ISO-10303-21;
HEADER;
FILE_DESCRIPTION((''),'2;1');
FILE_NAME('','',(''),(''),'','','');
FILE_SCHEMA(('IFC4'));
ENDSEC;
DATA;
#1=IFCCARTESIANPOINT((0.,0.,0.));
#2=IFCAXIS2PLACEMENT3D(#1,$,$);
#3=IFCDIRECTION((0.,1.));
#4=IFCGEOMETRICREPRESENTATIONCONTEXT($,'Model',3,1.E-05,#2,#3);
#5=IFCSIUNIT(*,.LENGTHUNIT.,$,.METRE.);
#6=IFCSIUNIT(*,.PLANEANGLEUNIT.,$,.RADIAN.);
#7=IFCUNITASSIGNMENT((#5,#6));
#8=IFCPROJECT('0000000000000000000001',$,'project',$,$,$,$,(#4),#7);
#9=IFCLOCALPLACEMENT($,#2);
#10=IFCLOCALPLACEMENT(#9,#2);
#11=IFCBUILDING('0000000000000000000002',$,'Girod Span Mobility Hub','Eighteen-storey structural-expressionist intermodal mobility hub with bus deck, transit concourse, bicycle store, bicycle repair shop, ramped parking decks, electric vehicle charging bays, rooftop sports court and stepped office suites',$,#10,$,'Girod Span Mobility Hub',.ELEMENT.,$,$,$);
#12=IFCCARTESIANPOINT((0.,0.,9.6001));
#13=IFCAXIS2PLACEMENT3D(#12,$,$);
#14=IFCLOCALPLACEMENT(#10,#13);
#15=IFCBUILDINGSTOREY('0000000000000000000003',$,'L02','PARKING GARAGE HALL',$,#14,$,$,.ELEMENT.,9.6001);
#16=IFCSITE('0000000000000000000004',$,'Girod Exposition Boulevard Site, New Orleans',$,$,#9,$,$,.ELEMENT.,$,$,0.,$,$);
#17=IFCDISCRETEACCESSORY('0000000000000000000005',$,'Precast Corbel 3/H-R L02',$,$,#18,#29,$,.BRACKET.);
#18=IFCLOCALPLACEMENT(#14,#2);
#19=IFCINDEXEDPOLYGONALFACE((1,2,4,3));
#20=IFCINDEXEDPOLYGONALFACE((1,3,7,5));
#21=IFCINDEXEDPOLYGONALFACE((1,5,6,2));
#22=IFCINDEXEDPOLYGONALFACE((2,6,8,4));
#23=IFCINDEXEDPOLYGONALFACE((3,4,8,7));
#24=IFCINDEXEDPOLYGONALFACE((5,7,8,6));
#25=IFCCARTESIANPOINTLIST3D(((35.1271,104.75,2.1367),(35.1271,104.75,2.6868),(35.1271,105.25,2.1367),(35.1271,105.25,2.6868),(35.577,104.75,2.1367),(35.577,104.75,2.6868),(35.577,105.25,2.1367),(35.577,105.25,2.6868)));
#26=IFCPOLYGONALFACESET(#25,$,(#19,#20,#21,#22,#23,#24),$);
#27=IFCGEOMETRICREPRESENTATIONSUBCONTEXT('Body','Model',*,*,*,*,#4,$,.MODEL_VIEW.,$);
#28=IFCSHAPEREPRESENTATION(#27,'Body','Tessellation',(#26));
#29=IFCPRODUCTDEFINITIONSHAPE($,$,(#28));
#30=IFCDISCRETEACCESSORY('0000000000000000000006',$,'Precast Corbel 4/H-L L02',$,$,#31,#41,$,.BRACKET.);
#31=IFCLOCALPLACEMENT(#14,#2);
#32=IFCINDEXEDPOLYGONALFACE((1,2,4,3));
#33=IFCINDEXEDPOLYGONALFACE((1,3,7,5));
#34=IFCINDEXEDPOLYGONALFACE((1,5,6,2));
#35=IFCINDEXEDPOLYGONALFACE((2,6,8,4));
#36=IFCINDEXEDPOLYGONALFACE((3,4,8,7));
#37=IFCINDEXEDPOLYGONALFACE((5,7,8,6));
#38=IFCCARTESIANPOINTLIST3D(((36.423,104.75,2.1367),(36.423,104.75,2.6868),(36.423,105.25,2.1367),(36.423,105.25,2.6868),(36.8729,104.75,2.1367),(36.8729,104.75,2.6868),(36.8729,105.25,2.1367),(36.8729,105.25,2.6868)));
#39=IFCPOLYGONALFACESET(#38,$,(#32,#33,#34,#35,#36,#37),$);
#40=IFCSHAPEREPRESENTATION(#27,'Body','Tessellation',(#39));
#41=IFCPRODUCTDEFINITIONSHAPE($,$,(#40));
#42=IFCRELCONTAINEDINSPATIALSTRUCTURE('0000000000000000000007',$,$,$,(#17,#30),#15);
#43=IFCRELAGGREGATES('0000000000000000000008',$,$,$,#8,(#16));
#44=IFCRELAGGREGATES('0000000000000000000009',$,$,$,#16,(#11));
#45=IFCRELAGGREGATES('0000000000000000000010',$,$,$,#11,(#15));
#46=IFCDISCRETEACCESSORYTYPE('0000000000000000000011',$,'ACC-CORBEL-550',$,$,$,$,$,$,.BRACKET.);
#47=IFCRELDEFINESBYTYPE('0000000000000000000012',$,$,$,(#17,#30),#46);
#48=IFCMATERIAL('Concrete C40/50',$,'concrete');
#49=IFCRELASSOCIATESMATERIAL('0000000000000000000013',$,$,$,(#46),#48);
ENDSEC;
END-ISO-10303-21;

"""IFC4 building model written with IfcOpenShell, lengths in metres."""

from ifc_helpers import new_model, si_unit, direction, frame, origin, origin_2d, place, context, subcontext, project, spatial, rectangle, extrude, material, type_object, element, save


model = new_model("IFC4")

# Units and contexts
model_context = context("Model", 3, precision=1e-05, world=origin(), true_north=direction((0.0, 1.0)))
body_context = subcontext(model_context, "Body", "Model", "MODEL_VIEW")
ifc_project = project(units=[si_unit("LENGTHUNIT", "METRE"), si_unit("PLANEANGLEUNIT", "RADIAN")], contexts=[model_context])

# Site, building, storey
site_placement = place(None, origin())
site = spatial("IfcSite", under=ifc_project, at=site_placement, Name="Girod Exposition Boulevard Site, New Orleans", CompositionType="ELEMENT", RefElevation=0.0)
building_placement = place(site_placement, origin())
building = spatial("IfcBuilding", under=site, at=building_placement, Name="Girod Span Mobility Hub", Description="Eighteen-storey structural-expressionist intermodal mobility hub with bus deck, transit concourse, bicycle store, bicycle repair shop, ramped parking decks, electric vehicle charging bays, rooftop sports court and stepped office suites", LongName="Girod Span Mobility Hub", CompositionType="ELEMENT")
storey_placement = place(building_placement, frame((0.0, 0.0, 9.6001)))
storey = spatial("IfcBuildingStorey", under=building, at=storey_placement, Name="L02", Description="PARKING GARAGE HALL", CompositionType="ELEMENT", Elevation=9.6001)

# Discrete accessories
ifc_material_1 = material(Name="Concrete C40/50", Category="concrete")
discrete_accessory_type = type_object("IfcDiscreteAccessoryType", Name="ACC-CORBEL-550", PredefinedType="BRACKET", material=ifc_material_1)
for number, where, z_axis, x_axis, name in (
    (1, (35.3521, 105.0, 2.1367), (0.0, 0.0, 1.0), (1.0, 0.0, 0.0), "Precast Corbel 3/H-R L02"),
    (2, (36.6479, 105.0, 2.1367), (0.0, 0.0, 1.0), (1.0, 0.0, 0.0), "Precast Corbel 4/H-L L02"),
):
    element("IfcDiscreteAccessory", number, at=place(storey_placement, frame(where, z_axis=z_axis, x_axis=x_axis)), inside=storey, type_object=discrete_accessory_type, Name=name, PredefinedType="BRACKET", context=body_context, shape_type="SweptSolid", body=[
        extrude(rectangle(XDim=0.45, YDim=0.5, at=origin_2d()), origin(), (0.0, 0.0, 1.0), 0.55),
    ])

save(model, "model.ifc")
